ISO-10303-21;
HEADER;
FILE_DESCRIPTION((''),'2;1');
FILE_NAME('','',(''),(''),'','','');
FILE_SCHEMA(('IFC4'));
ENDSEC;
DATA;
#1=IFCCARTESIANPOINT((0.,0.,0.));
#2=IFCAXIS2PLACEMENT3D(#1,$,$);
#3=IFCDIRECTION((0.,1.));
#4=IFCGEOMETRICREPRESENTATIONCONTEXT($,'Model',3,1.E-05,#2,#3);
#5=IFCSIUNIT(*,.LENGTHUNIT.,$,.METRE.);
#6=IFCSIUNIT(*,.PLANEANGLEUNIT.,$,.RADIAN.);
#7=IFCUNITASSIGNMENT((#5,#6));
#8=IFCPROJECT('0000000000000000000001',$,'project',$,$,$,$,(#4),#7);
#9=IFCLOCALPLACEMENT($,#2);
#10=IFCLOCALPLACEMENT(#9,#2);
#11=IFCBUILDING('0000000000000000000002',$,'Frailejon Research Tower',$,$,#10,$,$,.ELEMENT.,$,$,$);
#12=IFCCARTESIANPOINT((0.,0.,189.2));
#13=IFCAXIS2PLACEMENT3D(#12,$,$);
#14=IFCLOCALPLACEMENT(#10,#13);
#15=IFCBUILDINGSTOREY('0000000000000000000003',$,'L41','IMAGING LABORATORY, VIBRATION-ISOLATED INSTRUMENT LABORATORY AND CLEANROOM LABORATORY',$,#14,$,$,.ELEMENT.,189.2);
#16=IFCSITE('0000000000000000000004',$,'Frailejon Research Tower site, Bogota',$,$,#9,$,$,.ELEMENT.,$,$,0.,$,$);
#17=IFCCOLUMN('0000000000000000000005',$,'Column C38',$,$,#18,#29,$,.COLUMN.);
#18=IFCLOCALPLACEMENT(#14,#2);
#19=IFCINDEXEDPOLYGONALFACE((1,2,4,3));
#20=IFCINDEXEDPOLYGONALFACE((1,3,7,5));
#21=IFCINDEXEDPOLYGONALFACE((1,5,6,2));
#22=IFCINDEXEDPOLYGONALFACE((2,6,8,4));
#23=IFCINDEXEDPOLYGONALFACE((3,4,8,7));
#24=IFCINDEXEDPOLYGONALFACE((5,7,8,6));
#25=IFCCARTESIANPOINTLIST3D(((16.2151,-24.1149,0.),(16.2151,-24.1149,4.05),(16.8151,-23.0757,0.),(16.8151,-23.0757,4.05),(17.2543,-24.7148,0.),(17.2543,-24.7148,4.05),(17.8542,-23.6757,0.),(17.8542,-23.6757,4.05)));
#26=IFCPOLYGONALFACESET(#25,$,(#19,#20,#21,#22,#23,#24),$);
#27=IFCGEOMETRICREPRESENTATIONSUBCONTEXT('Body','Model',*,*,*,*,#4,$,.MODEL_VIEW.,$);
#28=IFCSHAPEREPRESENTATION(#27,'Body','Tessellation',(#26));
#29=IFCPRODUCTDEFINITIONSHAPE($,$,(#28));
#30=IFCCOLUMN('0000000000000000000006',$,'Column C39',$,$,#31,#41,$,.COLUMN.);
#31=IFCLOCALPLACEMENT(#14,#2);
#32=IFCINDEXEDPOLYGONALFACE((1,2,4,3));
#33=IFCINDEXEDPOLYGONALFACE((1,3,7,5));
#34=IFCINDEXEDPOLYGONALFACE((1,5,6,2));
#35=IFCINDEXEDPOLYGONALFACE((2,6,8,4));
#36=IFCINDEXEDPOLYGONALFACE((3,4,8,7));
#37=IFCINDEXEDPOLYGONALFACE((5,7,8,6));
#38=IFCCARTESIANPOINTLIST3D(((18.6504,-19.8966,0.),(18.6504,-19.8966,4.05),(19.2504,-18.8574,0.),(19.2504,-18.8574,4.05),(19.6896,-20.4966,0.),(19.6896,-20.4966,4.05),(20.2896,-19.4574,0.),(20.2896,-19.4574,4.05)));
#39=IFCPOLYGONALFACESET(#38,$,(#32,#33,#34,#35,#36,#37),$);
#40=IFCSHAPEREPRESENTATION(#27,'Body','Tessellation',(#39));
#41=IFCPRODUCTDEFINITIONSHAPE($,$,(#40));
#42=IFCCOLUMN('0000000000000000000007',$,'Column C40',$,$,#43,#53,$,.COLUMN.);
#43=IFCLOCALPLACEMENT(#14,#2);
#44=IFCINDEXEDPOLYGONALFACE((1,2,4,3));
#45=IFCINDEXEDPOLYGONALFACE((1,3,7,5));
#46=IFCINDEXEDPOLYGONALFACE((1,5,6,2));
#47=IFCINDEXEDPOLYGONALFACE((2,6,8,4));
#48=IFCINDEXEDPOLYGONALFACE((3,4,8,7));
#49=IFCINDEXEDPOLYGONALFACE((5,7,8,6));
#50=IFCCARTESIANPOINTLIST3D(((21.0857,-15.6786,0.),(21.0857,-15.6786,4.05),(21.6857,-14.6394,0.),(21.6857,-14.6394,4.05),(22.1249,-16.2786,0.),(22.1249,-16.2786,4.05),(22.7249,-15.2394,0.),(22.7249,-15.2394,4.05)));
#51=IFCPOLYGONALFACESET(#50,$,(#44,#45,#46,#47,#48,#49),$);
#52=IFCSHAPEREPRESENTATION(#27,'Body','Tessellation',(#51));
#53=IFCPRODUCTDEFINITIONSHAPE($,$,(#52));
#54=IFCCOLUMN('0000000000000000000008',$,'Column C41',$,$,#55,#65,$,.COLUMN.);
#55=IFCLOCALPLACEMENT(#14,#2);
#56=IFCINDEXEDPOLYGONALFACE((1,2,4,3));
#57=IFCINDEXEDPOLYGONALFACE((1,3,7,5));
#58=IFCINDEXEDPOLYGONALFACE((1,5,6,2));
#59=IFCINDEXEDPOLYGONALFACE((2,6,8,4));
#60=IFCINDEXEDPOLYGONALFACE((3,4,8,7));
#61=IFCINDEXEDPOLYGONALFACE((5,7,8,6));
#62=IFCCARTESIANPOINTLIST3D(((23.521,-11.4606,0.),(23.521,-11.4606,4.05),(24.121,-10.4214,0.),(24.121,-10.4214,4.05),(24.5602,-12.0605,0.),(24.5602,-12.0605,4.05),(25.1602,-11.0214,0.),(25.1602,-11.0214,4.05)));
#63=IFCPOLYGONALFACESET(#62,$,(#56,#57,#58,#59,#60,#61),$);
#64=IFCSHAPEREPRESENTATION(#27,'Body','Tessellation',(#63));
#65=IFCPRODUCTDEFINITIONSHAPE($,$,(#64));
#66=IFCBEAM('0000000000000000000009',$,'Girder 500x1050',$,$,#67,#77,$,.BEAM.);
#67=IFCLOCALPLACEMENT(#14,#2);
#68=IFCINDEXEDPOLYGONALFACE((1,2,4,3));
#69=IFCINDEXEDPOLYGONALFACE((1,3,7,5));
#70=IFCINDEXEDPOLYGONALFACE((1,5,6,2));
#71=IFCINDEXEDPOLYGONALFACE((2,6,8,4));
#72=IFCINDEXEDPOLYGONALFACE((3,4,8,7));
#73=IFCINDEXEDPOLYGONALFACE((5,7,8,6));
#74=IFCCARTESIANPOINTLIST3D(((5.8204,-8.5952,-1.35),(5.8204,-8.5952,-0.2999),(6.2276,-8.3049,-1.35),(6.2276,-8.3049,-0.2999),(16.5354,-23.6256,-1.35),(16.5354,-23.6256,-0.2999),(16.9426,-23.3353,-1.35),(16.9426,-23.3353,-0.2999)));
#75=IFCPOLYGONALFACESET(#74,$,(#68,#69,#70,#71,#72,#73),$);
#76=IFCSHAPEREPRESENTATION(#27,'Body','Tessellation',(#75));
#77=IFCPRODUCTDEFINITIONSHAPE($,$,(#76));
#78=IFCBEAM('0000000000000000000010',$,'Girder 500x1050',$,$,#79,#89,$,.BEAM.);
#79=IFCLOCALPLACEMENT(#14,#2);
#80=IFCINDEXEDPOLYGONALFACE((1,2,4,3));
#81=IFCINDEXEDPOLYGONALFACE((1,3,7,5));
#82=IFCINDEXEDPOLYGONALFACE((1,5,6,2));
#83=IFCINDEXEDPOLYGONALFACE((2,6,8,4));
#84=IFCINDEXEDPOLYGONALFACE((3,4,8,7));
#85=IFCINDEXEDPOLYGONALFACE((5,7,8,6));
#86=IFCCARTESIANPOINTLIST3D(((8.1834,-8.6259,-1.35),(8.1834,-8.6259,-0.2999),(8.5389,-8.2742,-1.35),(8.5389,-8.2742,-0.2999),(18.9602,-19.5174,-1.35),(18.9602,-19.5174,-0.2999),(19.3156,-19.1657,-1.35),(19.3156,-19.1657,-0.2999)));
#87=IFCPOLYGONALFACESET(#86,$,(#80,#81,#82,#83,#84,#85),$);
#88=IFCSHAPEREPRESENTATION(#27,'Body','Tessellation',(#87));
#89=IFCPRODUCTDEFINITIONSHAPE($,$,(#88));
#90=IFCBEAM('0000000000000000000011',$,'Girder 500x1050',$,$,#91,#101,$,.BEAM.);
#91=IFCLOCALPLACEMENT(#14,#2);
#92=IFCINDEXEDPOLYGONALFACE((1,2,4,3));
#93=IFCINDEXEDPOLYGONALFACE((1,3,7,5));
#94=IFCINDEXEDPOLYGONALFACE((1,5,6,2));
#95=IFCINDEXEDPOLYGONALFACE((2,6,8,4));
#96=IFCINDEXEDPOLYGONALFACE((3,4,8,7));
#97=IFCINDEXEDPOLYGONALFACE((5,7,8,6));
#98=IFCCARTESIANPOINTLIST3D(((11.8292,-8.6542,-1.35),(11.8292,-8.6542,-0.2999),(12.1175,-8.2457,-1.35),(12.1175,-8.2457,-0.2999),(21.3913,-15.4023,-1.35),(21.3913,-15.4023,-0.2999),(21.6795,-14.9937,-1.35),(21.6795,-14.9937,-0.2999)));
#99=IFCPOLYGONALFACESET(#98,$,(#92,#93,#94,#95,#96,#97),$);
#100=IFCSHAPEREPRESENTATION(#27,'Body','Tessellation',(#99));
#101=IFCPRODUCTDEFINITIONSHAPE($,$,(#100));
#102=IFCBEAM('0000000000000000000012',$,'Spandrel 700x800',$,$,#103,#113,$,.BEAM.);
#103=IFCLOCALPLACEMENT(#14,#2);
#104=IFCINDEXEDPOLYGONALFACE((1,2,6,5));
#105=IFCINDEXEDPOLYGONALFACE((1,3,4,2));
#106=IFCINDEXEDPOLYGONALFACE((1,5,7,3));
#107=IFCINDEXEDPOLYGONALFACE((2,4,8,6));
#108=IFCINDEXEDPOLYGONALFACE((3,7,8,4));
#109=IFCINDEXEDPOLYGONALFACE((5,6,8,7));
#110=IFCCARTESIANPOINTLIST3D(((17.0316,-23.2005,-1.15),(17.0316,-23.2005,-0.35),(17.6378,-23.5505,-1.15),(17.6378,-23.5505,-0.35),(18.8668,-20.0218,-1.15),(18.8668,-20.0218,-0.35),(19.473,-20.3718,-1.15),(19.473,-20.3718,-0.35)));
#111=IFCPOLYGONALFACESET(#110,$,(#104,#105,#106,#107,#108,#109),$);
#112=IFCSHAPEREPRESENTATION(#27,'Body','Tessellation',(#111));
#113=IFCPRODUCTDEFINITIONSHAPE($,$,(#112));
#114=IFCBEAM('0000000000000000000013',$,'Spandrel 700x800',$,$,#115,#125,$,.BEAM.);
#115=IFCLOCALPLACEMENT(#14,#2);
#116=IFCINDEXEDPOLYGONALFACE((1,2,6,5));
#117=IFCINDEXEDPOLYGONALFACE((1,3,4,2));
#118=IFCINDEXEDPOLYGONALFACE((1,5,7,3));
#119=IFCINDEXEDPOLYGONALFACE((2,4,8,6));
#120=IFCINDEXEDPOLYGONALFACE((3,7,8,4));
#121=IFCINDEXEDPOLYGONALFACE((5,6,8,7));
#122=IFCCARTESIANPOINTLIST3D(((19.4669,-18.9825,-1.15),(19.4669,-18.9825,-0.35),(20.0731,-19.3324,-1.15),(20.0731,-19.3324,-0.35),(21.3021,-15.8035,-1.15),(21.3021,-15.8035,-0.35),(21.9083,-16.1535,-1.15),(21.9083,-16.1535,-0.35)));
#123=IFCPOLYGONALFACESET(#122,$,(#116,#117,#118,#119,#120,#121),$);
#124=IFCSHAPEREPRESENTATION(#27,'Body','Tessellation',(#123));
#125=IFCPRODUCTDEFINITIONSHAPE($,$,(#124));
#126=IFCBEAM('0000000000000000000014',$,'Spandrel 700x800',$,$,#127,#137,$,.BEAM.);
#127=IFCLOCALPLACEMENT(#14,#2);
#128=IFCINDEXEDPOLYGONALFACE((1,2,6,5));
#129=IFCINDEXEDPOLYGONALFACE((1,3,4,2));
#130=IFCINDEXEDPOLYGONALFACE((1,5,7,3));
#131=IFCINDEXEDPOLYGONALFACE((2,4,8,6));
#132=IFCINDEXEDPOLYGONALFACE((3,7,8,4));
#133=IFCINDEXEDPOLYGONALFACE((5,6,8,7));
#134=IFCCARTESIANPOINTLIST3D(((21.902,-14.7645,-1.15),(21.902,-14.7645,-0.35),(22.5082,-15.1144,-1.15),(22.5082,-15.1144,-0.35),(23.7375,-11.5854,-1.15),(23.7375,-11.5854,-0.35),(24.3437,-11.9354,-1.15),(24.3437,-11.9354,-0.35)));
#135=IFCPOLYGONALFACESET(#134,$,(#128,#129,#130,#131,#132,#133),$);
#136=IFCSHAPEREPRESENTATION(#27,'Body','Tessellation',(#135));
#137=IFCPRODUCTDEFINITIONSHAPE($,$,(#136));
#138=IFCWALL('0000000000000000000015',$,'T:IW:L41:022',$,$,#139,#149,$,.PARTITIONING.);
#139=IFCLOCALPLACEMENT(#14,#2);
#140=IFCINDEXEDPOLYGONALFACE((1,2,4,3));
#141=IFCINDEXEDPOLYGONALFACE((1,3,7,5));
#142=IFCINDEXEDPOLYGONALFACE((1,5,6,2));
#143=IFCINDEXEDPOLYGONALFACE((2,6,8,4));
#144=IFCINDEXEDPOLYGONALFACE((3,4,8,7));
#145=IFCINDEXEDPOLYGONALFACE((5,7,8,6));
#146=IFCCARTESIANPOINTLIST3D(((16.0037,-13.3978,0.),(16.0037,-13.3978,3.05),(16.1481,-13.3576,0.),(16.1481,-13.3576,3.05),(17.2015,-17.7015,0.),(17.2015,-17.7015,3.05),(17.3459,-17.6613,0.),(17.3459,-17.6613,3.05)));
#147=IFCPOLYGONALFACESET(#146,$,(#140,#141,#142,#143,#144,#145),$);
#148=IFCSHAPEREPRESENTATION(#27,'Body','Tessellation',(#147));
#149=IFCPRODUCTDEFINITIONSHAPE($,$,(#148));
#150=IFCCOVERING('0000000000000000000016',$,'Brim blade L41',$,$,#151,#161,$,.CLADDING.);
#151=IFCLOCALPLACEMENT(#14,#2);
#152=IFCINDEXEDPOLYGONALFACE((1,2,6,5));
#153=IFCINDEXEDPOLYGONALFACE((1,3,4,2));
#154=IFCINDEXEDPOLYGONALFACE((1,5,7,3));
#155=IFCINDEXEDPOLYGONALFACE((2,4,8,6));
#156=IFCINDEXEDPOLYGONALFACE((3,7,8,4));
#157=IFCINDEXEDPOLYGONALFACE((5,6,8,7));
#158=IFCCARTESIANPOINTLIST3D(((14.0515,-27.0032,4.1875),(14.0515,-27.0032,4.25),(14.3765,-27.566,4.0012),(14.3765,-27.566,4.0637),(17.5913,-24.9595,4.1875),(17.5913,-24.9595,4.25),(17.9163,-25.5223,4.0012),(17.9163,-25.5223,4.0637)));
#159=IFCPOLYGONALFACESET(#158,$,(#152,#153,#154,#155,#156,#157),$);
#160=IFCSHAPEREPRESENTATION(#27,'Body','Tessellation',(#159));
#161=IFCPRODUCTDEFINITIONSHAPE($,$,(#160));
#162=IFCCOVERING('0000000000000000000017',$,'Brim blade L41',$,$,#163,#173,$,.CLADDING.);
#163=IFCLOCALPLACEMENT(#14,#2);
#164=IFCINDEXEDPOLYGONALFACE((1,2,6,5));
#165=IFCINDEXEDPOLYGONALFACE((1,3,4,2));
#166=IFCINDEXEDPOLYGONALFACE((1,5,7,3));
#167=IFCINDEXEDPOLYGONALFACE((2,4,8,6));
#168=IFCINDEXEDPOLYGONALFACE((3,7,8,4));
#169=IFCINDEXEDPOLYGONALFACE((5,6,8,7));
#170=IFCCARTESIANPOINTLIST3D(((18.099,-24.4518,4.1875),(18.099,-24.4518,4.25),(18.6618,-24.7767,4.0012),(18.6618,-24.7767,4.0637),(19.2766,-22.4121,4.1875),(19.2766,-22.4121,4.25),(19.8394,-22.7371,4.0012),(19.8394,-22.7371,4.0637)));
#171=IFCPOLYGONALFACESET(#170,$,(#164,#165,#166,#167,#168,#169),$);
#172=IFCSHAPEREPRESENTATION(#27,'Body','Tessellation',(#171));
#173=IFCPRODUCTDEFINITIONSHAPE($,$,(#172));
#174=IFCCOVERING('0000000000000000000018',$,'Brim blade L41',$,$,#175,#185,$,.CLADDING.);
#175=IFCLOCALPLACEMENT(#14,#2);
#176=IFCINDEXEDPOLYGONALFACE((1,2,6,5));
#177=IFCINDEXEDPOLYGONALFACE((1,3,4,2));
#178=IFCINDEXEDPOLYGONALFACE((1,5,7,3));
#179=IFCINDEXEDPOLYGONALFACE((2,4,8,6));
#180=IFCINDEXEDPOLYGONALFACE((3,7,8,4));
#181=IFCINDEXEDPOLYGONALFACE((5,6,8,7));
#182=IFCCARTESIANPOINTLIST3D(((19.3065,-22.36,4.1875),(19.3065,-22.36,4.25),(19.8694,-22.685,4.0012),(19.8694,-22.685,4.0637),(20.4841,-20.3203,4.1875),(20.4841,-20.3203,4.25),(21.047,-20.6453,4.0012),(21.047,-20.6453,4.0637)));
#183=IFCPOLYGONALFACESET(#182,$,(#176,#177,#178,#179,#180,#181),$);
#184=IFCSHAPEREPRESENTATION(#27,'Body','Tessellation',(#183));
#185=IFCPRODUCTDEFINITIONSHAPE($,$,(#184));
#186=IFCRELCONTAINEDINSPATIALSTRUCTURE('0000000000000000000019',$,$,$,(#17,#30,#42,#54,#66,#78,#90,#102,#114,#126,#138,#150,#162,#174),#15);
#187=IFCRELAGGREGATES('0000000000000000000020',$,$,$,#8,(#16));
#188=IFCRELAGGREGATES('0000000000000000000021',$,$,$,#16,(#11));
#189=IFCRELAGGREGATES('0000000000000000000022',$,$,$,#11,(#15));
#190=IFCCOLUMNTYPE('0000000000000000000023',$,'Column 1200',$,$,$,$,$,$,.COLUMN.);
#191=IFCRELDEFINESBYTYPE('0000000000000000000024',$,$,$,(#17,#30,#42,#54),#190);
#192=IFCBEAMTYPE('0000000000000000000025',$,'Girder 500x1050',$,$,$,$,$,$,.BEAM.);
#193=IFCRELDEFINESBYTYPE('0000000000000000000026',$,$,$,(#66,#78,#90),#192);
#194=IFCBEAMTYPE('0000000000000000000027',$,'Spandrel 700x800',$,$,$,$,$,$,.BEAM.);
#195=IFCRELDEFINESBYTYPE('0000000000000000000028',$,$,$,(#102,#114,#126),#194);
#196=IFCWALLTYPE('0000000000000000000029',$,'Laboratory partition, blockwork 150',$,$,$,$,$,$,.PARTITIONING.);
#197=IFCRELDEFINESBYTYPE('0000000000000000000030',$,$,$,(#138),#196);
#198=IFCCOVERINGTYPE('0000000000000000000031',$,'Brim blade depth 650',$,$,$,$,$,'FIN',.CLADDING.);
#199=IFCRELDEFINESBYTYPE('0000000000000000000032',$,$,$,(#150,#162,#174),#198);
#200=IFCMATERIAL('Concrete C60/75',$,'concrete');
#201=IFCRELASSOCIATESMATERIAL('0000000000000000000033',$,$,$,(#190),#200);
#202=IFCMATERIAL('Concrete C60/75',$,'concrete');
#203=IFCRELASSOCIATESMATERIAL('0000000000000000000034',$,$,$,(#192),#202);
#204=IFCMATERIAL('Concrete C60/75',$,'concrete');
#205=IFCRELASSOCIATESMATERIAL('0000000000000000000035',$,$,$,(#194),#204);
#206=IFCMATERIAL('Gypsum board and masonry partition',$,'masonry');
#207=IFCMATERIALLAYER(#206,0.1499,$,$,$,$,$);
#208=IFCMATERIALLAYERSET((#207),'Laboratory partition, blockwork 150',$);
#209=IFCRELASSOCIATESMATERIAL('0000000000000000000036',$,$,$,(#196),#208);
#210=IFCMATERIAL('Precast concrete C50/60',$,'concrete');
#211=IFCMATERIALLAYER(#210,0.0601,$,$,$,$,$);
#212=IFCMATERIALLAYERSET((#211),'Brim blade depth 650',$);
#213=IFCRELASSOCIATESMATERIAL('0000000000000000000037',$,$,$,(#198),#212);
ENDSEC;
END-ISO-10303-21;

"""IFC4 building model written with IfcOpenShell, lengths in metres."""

from ifc_helpers import new_model, si_unit, direction, frame, frame_2d, origin, origin_2d, place, context, subcontext, project, spatial, polyline, rectangle, outline, extrude, material, layer, layer_set, material_profile, profile_set, type_object, element, save


model = new_model("IFC4")

# Units and contexts
model_context = context("Model", 3, precision=1e-05, world=origin(), true_north=direction((0.0, 1.0)))
body_context = subcontext(model_context, "Body", "Model", "MODEL_VIEW")
ifc_project = project(units=[si_unit("LENGTHUNIT", "METRE"), si_unit("PLANEANGLEUNIT", "RADIAN")], contexts=[model_context])

# Site, building, storey
site_placement = place(None, origin())
site = spatial("IfcSite", under=ifc_project, at=site_placement, Name="Frailejon Research Tower site, Bogota", CompositionType="ELEMENT", RefElevation=0.0)
building_placement = place(site_placement, origin())
building = spatial("IfcBuilding", under=site, at=building_placement, Name="Frailejon Research Tower", CompositionType="ELEMENT")
storey_placement = place(building_placement, frame((0.0, 0.0, 189.2)))
storey = spatial("IfcBuildingStorey", under=building, at=storey_placement, Name="L41", Description="IMAGING LABORATORY, VIBRATION-ISOLATED INSTRUMENT LABORATORY AND CLEANROOM LABORATORY", CompositionType="ELEMENT", Elevation=189.2)

# Columns
ifc_material_1 = material(Name="Concrete C60/75", Category="concrete")
ifc_material_profile_1 = material_profile(ifc_material_1, rectangle(XDim=1.2, YDim=1.2, at=origin_2d()), Name="Column 1200")
ifc_profile_set_1 = profile_set([ifc_material_profile_1], Name="Concrete C60/75")
column_type = type_object("IfcColumnType", Name="Column 1200", PredefinedType="COLUMN", material=ifc_profile_set_1)
for number, where, z_axis, x_axis, name in (
    (1, (17.0347, -23.8953, 0.0), (0.0, 0.0, 1.0), (0.5, 0.866025, 0.0), "Column C38"),
    (2, (19.47, -19.677, 0.0), (0.0, 0.0, 1.0), (0.5, 0.866025, 0.0), "Column C39"),
    (3, (21.9053, -15.459, 0.0), (0.0, 0.0, 1.0), (0.5, 0.866025, 0.0), "Column C40"),
    (4, (24.3406, -11.241, 0.0), (0.0, 0.0, 1.0), (0.5, 0.866025, 0.0), "Column C41"),
):
    element("IfcColumn", number, at=place(storey_placement, frame(where, z_axis=z_axis, x_axis=x_axis)), inside=storey, type_object=column_type, Name=name, PredefinedType="COLUMN", context=body_context, shape_type="SweptSolid", body=[
        extrude(rectangle(XDim=1.2, YDim=1.2, at=origin_2d()), origin(), (0.0, 0.0, 1.0), 4.05),
    ])

# Beams
ifc_material_2 = material(Name="Concrete C60/75", Category="concrete")
ifc_material_profile_2 = material_profile(ifc_material_2, rectangle(XDim=0.5, YDim=1.05, at=origin_2d()), Name="Girder 500x1050")
ifc_profile_set_2 = profile_set([ifc_material_profile_2], Name="Concrete C60/75")
beam_type_1 = type_object("IfcBeamType", Name="Girder 500x1050", PredefinedType="BEAM", material=ifc_profile_set_2)
beam_1_placement = place(storey_placement, frame((16.739, -23.4805, -0.825), z_axis=(-0.580485, 0.814271, 0.0), x_axis=(-0.814271, -0.580485, 0.0)))
element("IfcBeam", 5, at=beam_1_placement, inside=storey, type_object=beam_type_1, Name="Girder 500x1050", PredefinedType="BEAM", context=body_context, shape_type="SweptSolid", body=[
    extrude(rectangle(XDim=0.5, YDim=1.05, at=origin_2d()), origin(), (0.0, 0.0, 1.0), 18.4587),
])
beam_2_placement = place(storey_placement, frame((19.1379, -19.3416, -0.825), z_axis=(-0.703352, 0.710841, 0.0), x_axis=(-0.710841, -0.703352, 0.0)))
element("IfcBeam", 6, at=beam_2_placement, inside=storey, type_object=beam_type_1, Name="Girder 500x1050", PredefinedType="BEAM", context=body_context, shape_type="SweptSolid", body=[
    extrude(rectangle(XDim=0.5, YDim=1.05, at=origin_2d()), origin(), (0.0, 0.0, 1.0), 15.322),
])
beam_3_placement = place(storey_placement, frame((21.5354, -15.198, -0.825), z_axis=(-0.817033, 0.576591, 0.0), x_axis=(-0.576591, -0.817033, 0.0)))
element("IfcBeam", 7, at=beam_3_placement, inside=storey, type_object=beam_type_1, Name="Girder 500x1050", PredefinedType="BEAM", context=body_context, shape_type="SweptSolid", body=[
    extrude(rectangle(XDim=0.5, YDim=1.05, at=origin_2d()), origin(), (0.0, 0.0, 1.0), 11.7034),
])
ifc_material_3 = material(Name="Concrete C60/75", Category="concrete")
ifc_material_profile_3 = material_profile(ifc_material_3, rectangle(XDim=0.7, YDim=0.8, at=origin_2d()), Name="Spandrel 700x800")
ifc_profile_set_3 = profile_set([ifc_material_profile_3], Name="Concrete C60/75")
beam_type_2 = type_object("IfcBeamType", Name="Spandrel 700x800", PredefinedType="BEAM", material=ifc_profile_set_3)
beam_4_placement = place(storey_placement, frame((17.3347, -23.3755, -0.75), z_axis=(0.499995, 0.866028, 0.0), x_axis=(-0.866028, 0.499995, 0.0)))
element("IfcBeam", 8, at=beam_4_placement, inside=storey, type_object=beam_type_2, Name="Spandrel 700x800", PredefinedType="BEAM", context=body_context, shape_type="SweptSolid", body=[
    extrude(rectangle(XDim=0.7, YDim=0.8, at=origin_2d()), origin(), (0.0, 0.0, 1.0), 3.6704),
])
beam_5_placement = place(storey_placement, frame((19.77, -19.1575, -0.75), z_axis=(0.499966, 0.866045, 0.0), x_axis=(-0.866045, 0.499966, 0.0)))
element("IfcBeam", 9, at=beam_5_placement, inside=storey, type_object=beam_type_2, Name="Spandrel 700x800", PredefinedType="BEAM", context=body_context, shape_type="SweptSolid", body=[
    extrude(rectangle(XDim=0.7, YDim=0.8, at=origin_2d()), origin(), (0.0, 0.0, 1.0), 3.6707),
])
beam_6_placement = place(storey_placement, frame((22.2051, -14.9395, -0.75), z_axis=(0.500016, 0.866016, 0.0), x_axis=(-0.866016, 0.500016, 0.0)))
element("IfcBeam", 10, at=beam_6_placement, inside=storey, type_object=beam_type_2, Name="Spandrel 700x800", PredefinedType="BEAM", context=body_context, shape_type="SweptSolid", body=[
    extrude(rectangle(XDim=0.7, YDim=0.8, at=origin_2d()), origin(), (0.0, 0.0, 1.0), 3.6709),
])

# Wall
ifc_material_4 = material(Name="Gypsum board and masonry partition", Category="masonry")
ifc_layer_1 = layer(ifc_material_4, 0.1499)
ifc_layer_set_1 = layer_set([ifc_layer_1], Name="Laboratory partition, blockwork 150")
wall_type = type_object("IfcWallType", Name="Laboratory partition, blockwork 150", PredefinedType="PARTITIONING", material=ifc_layer_set_1)
wall_placement = place(storey_placement, frame((16.0759, -13.3777, 0.0), z_axis=(0.0, 0.0, 1.0), x_axis=(0.268117, -0.963386, 0.0)))
element("IfcWall", 11, at=wall_placement, inside=storey, type_object=wall_type, Name="T:IW:L41:022", PredefinedType="PARTITIONING", context=body_context, shape_type="SweptSolid", body=[
    extrude(rectangle(XDim=4.4673, YDim=0.1499, at=frame_2d((2.2336, 0.0))), origin(), (0.0, 0.0, 1.0), 3.05),
])

# Coverings
ifc_material_5 = material(Name="Precast concrete C50/60", Category="concrete")
ifc_layer_2 = layer(ifc_material_5, 0.0601)
ifc_layer_set_2 = layer_set([ifc_layer_2], Name="Brim blade depth 650")
covering_type_1 = type_object("IfcCoveringType", Name="Brim blade depth 650", ElementType="FIN", PredefinedType="CLADDING", material=ifc_layer_set_2)
covering_placement = place(storey_placement, frame((17.5913, -24.9595, 4.25), z_axis=(-0.866021, -0.500007, 0.0), x_axis=(0.500007, -0.866021, 0.0)))
element("IfcCovering", 12, at=covering_placement, inside=storey, type_object=covering_type_1, Name="Brim blade L41", PredefinedType="CLADDING", context=body_context, shape_type="SweptSolid", body=[
    extrude(outline(polyline([(0.0, -0.0625), (0.6499, -0.2488), (0.6499, -0.1863), (0.0, 0.0), (0.0, -0.0625)])), origin(), (0.0, 0.0, 1.0), 4.0874),
])
for number, where, z_axis, x_axis, name in (
    (13, (19.2766, -22.4121, 4.25), (-0.499997, -0.866027, 0.0), (0.866027, -0.499997, 0.0), "Brim blade L41"),
    (14, (20.4841, -20.3203, 4.25), (-0.499997, -0.866027, 0.0), (0.866027, -0.499997, 0.0), "Brim blade L41"),
):
    element("IfcCovering", number, at=place(storey_placement, frame(where, z_axis=z_axis, x_axis=x_axis)), inside=storey, type_object=covering_type_1, Name=name, PredefinedType="CLADDING", context=body_context, shape_type="SweptSolid", body=[
        extrude(outline(polyline([(0.0, -0.0625), (0.6499, -0.2488), (0.6499, -0.1863), (0.0, 0.0), (0.0, -0.0625)])), origin(), (0.0, 0.0, 1.0), 2.3552),
    ])

save(model, "model.ifc")
